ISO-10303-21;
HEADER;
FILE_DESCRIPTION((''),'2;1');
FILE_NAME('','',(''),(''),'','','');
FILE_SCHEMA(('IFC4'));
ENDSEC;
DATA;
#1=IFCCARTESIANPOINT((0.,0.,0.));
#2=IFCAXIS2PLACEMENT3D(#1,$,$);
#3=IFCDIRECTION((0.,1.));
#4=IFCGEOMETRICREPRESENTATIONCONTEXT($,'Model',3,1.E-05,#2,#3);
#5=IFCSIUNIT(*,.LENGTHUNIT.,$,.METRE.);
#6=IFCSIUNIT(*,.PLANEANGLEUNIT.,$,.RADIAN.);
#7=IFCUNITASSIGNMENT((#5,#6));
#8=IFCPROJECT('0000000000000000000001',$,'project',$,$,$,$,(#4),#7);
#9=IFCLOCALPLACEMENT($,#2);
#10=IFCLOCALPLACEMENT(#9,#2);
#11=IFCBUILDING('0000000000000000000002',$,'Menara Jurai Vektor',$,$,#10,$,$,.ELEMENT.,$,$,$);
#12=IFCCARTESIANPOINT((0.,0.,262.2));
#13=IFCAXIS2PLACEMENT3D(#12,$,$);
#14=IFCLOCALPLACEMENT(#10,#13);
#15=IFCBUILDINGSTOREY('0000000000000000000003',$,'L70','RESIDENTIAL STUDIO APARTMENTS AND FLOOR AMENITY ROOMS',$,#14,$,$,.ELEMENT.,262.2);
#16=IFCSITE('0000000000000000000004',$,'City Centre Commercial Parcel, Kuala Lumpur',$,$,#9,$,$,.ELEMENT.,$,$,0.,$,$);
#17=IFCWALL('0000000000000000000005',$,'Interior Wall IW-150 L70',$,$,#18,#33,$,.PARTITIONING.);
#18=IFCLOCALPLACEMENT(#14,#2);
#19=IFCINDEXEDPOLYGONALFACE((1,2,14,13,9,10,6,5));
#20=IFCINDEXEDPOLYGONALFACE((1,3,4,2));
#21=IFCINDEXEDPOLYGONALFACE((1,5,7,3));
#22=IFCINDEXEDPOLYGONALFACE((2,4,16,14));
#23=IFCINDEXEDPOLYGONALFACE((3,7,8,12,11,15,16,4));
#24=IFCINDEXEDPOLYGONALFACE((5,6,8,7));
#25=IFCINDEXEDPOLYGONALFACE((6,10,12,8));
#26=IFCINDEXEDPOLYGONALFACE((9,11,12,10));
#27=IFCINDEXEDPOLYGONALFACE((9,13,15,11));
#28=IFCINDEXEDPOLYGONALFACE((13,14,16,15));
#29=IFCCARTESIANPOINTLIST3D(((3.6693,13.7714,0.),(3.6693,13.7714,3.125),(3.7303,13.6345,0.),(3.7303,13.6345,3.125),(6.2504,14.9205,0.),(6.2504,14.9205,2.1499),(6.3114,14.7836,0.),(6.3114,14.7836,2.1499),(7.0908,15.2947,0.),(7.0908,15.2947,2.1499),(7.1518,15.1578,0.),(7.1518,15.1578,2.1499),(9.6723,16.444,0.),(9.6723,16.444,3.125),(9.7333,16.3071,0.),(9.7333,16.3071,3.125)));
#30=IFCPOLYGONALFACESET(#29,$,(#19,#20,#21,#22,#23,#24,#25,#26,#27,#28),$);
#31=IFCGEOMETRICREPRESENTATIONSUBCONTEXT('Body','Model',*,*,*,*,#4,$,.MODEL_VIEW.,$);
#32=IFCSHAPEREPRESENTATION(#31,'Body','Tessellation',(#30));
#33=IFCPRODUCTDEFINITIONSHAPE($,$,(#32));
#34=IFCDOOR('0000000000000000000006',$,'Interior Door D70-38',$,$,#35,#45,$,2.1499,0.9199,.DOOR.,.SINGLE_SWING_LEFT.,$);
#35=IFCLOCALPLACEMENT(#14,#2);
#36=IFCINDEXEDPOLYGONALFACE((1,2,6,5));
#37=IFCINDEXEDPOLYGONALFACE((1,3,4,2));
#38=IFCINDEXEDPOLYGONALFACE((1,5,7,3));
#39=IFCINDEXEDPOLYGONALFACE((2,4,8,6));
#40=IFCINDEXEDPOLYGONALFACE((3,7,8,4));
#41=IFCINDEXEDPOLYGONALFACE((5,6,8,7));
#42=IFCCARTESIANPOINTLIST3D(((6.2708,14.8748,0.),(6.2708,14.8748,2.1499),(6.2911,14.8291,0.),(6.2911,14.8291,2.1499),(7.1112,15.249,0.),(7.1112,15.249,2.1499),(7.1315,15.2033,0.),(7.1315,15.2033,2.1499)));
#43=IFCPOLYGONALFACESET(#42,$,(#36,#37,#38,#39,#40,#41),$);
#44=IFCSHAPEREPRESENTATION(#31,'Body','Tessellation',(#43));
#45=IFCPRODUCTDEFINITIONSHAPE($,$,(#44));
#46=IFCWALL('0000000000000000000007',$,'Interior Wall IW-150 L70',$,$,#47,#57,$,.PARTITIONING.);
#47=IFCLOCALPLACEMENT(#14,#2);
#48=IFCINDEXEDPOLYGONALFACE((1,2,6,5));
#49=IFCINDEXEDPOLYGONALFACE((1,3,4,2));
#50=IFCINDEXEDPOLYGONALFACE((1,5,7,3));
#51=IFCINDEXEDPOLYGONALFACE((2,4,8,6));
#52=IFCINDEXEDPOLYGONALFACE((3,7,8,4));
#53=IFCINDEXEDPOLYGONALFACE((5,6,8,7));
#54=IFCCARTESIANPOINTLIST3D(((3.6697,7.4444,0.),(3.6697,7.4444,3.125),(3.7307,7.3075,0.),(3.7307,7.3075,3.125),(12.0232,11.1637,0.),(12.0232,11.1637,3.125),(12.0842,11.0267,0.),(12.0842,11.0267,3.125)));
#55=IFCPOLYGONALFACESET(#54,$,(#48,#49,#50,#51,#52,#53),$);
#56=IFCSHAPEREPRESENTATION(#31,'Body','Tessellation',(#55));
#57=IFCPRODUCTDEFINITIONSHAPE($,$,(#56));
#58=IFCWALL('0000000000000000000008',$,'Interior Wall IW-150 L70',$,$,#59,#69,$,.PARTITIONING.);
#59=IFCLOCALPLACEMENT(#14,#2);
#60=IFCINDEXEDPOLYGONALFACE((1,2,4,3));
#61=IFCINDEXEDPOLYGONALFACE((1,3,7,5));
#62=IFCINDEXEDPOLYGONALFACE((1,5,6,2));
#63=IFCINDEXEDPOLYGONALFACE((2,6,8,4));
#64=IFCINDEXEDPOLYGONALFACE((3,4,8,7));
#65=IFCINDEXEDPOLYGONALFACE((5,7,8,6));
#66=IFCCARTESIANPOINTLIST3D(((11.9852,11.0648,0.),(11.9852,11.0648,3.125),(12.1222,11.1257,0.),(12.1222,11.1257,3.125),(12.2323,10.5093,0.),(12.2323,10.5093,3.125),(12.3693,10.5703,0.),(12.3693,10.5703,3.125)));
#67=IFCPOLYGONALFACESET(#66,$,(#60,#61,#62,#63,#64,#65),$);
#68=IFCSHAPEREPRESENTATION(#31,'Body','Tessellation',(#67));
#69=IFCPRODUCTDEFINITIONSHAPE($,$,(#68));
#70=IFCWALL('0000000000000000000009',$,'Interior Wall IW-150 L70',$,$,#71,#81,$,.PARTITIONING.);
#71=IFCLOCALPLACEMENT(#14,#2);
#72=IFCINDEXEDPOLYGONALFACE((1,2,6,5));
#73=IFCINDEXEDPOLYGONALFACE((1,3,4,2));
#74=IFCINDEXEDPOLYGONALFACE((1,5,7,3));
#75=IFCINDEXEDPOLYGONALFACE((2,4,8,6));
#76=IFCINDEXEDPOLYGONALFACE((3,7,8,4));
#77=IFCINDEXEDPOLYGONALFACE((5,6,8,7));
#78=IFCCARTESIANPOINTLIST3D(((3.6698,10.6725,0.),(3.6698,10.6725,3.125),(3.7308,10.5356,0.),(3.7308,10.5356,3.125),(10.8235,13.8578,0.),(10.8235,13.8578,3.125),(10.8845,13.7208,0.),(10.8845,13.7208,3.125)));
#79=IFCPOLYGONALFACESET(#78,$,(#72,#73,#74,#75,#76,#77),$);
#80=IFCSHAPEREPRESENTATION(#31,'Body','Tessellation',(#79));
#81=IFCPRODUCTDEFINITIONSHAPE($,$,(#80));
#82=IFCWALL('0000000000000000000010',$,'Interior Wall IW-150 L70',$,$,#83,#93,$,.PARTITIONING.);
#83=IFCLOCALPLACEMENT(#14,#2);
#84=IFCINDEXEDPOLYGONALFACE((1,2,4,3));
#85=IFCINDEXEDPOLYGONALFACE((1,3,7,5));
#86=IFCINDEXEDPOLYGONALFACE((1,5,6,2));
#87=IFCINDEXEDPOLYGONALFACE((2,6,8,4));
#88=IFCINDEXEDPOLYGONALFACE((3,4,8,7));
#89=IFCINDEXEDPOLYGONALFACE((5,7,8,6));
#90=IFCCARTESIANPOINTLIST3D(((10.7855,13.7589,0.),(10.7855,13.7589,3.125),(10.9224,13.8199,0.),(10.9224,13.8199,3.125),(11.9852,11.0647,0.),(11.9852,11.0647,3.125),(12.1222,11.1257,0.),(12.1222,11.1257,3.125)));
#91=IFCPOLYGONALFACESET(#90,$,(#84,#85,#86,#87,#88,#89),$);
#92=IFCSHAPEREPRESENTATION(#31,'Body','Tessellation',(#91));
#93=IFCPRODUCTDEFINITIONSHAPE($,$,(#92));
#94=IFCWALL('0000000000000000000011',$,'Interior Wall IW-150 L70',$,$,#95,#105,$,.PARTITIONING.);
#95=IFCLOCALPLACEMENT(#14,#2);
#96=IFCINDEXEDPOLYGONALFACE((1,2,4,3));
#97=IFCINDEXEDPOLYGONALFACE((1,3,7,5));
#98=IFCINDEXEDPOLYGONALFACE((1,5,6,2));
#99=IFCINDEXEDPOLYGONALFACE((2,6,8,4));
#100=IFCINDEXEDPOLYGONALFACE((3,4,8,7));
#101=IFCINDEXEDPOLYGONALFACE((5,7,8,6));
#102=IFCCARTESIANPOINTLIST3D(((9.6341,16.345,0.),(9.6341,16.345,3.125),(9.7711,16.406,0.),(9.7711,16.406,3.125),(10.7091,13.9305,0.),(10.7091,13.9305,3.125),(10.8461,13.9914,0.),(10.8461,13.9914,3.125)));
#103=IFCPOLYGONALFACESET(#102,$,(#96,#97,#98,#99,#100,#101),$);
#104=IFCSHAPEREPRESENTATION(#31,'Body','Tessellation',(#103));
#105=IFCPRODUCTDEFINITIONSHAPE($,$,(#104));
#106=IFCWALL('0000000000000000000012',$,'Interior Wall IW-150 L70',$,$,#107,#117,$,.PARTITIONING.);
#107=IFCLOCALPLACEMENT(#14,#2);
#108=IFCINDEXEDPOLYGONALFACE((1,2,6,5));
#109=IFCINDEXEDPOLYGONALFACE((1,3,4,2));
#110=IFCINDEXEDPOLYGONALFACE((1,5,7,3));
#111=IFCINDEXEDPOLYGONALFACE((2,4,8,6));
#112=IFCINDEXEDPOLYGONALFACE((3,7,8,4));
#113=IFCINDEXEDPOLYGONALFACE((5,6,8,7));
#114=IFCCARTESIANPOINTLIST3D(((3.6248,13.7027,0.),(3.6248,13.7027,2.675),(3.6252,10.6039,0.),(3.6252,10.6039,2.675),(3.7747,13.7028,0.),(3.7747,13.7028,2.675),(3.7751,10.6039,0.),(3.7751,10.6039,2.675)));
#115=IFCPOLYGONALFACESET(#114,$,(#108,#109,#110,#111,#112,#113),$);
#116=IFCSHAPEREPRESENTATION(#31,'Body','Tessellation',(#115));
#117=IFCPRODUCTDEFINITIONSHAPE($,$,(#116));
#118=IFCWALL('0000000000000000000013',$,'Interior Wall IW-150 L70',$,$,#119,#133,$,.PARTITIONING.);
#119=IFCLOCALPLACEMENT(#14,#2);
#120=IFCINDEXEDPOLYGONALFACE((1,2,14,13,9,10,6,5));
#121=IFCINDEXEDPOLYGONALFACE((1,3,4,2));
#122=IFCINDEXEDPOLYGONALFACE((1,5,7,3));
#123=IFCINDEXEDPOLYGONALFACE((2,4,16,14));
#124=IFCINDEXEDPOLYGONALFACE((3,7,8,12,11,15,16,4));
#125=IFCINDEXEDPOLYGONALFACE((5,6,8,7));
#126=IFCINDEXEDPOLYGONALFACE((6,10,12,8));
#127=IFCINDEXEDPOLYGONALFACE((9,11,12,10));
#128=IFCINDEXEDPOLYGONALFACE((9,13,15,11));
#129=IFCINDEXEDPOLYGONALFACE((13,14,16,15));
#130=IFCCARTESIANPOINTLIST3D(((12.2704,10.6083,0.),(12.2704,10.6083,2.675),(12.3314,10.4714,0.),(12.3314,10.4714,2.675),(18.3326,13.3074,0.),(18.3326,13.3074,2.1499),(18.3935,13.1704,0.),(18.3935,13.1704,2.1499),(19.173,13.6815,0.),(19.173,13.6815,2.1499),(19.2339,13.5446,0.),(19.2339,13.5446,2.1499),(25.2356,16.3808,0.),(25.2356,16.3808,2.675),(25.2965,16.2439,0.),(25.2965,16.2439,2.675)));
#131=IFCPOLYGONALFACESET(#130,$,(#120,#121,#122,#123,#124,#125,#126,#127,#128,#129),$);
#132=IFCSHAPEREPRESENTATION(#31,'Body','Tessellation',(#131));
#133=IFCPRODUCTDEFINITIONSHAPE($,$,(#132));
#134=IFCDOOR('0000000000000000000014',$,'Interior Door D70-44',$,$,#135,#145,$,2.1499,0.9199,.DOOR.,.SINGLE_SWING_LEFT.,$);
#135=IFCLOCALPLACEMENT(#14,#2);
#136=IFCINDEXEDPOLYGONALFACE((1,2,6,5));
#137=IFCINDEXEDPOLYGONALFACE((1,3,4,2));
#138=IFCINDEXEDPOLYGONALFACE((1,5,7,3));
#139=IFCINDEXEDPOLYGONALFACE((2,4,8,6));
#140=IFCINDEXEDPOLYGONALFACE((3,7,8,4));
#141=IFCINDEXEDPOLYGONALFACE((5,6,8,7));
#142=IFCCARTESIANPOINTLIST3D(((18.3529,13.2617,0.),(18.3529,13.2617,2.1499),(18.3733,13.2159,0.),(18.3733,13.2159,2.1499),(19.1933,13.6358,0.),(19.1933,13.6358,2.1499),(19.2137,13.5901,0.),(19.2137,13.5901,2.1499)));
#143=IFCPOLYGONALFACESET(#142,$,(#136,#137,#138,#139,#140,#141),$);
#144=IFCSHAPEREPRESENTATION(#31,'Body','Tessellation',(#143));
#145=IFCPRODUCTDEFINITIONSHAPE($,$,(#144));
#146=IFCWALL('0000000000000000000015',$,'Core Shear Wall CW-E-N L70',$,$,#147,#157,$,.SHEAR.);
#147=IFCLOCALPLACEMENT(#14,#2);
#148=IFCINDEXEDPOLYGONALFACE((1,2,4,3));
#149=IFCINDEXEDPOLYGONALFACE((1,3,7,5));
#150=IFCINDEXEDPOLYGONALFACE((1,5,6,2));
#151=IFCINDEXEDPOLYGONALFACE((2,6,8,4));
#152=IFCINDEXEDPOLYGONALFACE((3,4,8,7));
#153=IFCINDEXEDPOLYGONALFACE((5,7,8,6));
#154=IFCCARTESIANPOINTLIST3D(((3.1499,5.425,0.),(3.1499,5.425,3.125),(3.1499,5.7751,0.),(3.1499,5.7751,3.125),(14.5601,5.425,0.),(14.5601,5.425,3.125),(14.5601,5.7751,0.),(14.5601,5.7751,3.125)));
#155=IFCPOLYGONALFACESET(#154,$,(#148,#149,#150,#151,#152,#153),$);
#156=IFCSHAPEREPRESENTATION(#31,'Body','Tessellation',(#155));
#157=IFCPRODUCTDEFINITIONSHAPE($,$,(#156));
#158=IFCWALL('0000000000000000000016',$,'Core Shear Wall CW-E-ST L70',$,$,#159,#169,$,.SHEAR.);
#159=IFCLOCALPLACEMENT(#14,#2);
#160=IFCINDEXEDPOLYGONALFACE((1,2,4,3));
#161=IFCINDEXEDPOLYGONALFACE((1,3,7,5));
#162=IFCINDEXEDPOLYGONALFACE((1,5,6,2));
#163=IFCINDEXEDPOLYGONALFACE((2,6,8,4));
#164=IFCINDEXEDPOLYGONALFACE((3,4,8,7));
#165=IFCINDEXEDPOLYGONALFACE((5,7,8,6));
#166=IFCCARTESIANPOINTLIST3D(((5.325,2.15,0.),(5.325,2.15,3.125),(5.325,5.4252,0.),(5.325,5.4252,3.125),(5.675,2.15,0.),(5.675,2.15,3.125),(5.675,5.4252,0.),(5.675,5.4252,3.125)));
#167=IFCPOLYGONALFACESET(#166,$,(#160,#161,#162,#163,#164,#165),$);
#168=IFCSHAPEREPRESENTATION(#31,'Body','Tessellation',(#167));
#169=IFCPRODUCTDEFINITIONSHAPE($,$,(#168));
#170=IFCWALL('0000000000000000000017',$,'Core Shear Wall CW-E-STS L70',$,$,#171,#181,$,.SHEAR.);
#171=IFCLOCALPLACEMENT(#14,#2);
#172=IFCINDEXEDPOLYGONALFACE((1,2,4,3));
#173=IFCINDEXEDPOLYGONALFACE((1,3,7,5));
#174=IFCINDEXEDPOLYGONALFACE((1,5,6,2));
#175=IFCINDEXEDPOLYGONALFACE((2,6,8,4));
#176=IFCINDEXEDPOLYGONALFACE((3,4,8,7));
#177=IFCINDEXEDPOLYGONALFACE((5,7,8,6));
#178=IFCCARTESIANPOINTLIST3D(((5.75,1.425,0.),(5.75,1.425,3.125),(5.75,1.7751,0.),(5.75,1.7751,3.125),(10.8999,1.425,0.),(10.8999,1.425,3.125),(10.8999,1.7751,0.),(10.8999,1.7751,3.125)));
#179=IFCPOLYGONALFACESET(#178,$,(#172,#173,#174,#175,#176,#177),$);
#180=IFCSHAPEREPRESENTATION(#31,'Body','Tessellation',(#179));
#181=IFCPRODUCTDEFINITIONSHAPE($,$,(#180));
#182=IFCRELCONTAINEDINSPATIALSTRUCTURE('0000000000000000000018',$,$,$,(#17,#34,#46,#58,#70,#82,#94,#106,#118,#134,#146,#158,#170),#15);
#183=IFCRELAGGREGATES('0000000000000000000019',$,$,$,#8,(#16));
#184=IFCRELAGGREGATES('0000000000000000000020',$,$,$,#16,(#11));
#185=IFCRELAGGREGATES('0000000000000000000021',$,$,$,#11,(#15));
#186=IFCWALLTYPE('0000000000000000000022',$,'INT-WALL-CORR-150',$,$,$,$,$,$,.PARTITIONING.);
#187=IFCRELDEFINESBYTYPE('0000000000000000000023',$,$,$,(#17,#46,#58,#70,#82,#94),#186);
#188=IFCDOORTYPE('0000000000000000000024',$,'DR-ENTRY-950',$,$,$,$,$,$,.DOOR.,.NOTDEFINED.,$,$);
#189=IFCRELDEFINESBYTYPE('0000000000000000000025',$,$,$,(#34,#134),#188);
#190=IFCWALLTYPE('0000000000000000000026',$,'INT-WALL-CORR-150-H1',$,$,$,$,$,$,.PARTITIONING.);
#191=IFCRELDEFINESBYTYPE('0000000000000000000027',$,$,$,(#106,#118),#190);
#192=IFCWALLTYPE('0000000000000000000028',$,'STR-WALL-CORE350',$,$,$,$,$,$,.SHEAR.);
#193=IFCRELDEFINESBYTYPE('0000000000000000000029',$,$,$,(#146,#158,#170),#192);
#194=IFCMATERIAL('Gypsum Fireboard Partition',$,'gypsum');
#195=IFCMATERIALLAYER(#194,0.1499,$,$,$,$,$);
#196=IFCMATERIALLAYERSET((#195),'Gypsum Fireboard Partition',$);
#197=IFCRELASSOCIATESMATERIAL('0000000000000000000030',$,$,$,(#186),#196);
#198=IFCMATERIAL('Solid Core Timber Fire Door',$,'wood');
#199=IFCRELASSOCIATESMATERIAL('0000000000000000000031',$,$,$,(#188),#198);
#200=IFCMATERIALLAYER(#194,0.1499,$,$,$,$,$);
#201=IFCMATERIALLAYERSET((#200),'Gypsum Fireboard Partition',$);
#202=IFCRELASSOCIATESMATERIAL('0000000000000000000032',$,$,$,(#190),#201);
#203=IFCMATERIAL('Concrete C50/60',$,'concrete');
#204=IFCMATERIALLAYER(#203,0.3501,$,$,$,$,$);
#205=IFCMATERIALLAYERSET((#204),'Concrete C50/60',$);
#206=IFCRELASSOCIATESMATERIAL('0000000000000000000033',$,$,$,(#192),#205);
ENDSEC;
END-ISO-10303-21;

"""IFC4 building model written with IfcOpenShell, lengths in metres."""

from ifc_helpers import new_model, si_unit, direction, frame, frame_2d, origin, place, context, subcontext, project, spatial, rectangle, extrude, material, layer, layer_set, type_object, element, fill, save


model = new_model("IFC4")

# Units and contexts
model_context = context("Model", 3, precision=1e-05, world=origin(), true_north=direction((0.0, 1.0)))
body_context = subcontext(model_context, "Body", "Model", "MODEL_VIEW")
ifc_project = project(units=[si_unit("LENGTHUNIT", "METRE"), si_unit("PLANEANGLEUNIT", "RADIAN")], contexts=[model_context])

# Site, building, storey
site_placement = place(None, origin())
site = spatial("IfcSite", under=ifc_project, at=site_placement, Name="City Centre Commercial Parcel, Kuala Lumpur", CompositionType="ELEMENT", RefElevation=0.0)
building_placement = place(site_placement, origin())
building = spatial("IfcBuilding", under=site, at=building_placement, Name="Menara Jurai Vektor", CompositionType="ELEMENT")
storey_placement = place(building_placement, frame((0.0, 0.0, 262.2)))
storey = spatial("IfcBuildingStorey", under=building, at=storey_placement, Name="L70", Description="RESIDENTIAL STUDIO APARTMENTS AND FLOOR AMENITY ROOMS", CompositionType="ELEMENT", Elevation=262.2)

# Shared definitions
ifc_material_1 = material(Name="Concrete C50/60", Category="concrete")

# Shared definitions
ifc_material_2 = material(Name="Gypsum Fireboard Partition", Category="gypsum")
ifc_layer_1 = layer(ifc_material_2, 0.1499)
ifc_layer_set_1 = layer_set([ifc_layer_1], Name="Gypsum Fireboard Partition")
wall_type_1 = type_object("IfcWallType", Name="INT-WALL-CORR-150", PredefinedType="PARTITIONING", material=ifc_layer_set_1)

# Wall, opening, door
ifc_material_3 = material(Name="Solid Core Timber Fire Door", Category="wood")
door_type_1 = type_object("IfcDoorType", Name="DR-ENTRY-950", OperationType="NOTDEFINED", PredefinedType="DOOR", material=ifc_material_3)
wall_1_placement = place(storey_placement, frame((3.6997, 13.7029, 0.0), z_axis=(0.0, 0.0, 1.0), x_axis=(0.913549, 0.406728, 0.0)))
wall_1 = element("IfcWall", 1, at=wall_1_placement, inside=storey, type_object=wall_type_1, Name="Interior Wall IW-150 L70", PredefinedType="PARTITIONING", context=body_context, shape_type="SweptSolid", body=[
    extrude(rectangle(XDim=6.571, YDim=0.1499, at=frame_2d((3.2856, 0.0))), origin(), (0.0, 0.0, 1.0), 3.125),
])
opening_1_placement = place(wall_1_placement, frame((2.8254, 0.0, 0.0)))
opening_1 = element("IfcOpeningElement", 2, at=opening_1_placement, cuts=wall_1, PredefinedType="OPENING", context=body_context, shape_type="SweptSolid", body=[
    extrude(rectangle(XDim=0.9199, YDim=2.1499, at=frame_2d((0.46, 1.075))), frame((0.0, 0.085, 0.0), z_axis=(0.0, -1.0, 0.0), x_axis=(1.0, 0.0, 0.0)), (0.0, 0.0, 1.0), 0.1699),
])
door_1_placement = place(opening_1_placement, origin())
door_1 = element("IfcDoor", 3, at=door_1_placement, inside=storey, type_object=door_type_1, Name="Interior Door D70-38", OperationType="SINGLE_SWING_LEFT", OverallHeight=2.1499, OverallWidth=0.9199, PredefinedType="DOOR", context=body_context, shape_type="SweptSolid", body=[
    extrude(rectangle(XDim=0.9199, YDim=2.1499, at=frame_2d((0.46, 1.075))), frame((0.0, 0.0249, 0.0), z_axis=(0.0, -1.0, 0.0), x_axis=(1.0, 0.0, 0.0)), (0.0, 0.0, 1.0), 0.05),
])
fill(opening_1, door_1)

# Walls
wall_2_placement = place(storey_placement, frame((3.7002, 7.376, 0.0), z_axis=(0.0, 0.0, 1.0), x_axis=(0.913545, 0.406738, 0.0)))
element("IfcWall", 4, at=wall_2_placement, inside=storey, type_object=wall_type_1, Name="Interior Wall IW-150 L70", PredefinedType="PARTITIONING", context=body_context, shape_type="SweptSolid", body=[
    extrude(rectangle(XDim=9.144, YDim=0.1499, at=frame_2d((4.572, 0.0))), origin(), (0.0, 0.0, 1.0), 3.125),
])
wall_3_placement = place(storey_placement, frame((12.3008, 10.5398, 0.0), z_axis=(0.0, 0.0, 1.0), x_axis=(-0.406437, 0.913679, 0.0)))
element("IfcWall", 5, at=wall_3_placement, inside=storey, type_object=wall_type_1, Name="Interior Wall IW-150 L70", PredefinedType="PARTITIONING", context=body_context, shape_type="SweptSolid", body=[
    extrude(rectangle(XDim=0.6079, YDim=0.1499, at=frame_2d((0.304, 0.0))), origin(), (0.0, 0.0, 1.0), 3.125),
])
wall_4_placement = place(storey_placement, frame((3.7002, 10.604, 0.0), z_axis=(0.0, 0.0, 1.0), x_axis=(0.913535, 0.40676, 0.0)))
element("IfcWall", 6, at=wall_4_placement, inside=storey, type_object=wall_type_1, Name="Interior Wall IW-150 L70", PredefinedType="PARTITIONING", context=body_context, shape_type="SweptSolid", body=[
    extrude(rectangle(XDim=7.8308, YDim=0.1499, at=frame_2d((3.9155, 0.0))), origin(), (0.0, 0.0, 1.0), 3.125),
])
wall_5_placement = place(storey_placement, frame((12.0537, 11.0952, 0.0), z_axis=(0.0, 0.0, 1.0), x_axis=(-0.406799, 0.913518, 0.0)))
element("IfcWall", 7, at=wall_5_placement, inside=storey, type_object=wall_type_1, Name="Interior Wall IW-150 L70", PredefinedType="PARTITIONING", context=body_context, shape_type="SweptSolid", body=[
    extrude(rectangle(XDim=2.9492, YDim=0.1499, at=frame_2d((1.4746, 0.0))), origin(), (0.0, 0.0, 1.0), 3.125),
])
wall_6_placement = place(storey_placement, frame((10.7776, 13.9609, 0.0), z_axis=(0.0, 0.0, 1.0), x_axis=(-0.406713, 0.913556, 0.0)))
element("IfcWall", 8, at=wall_6_placement, inside=storey, type_object=wall_type_1, Name="Interior Wall IW-150 L70", PredefinedType="PARTITIONING", context=body_context, shape_type="SweptSolid", body=[
    extrude(rectangle(XDim=2.6431, YDim=0.1499, at=frame_2d((1.3215, 0.0))), origin(), (0.0, 0.0, 1.0), 3.125),
])

# Shared definitions
ifc_layer_2 = layer(ifc_material_2, 0.1499)
ifc_layer_set_2 = layer_set([ifc_layer_2], Name="Gypsum Fireboard Partition")
wall_type_2 = type_object("IfcWallType", Name="INT-WALL-CORR-150-H1", PredefinedType="PARTITIONING", material=ifc_layer_set_2)

# Wall
wall_7_placement = place(storey_placement, frame((3.7002, 10.604, 0.0), z_axis=(0.0, 0.0, 1.0), x_axis=(-0.000158, 1.0, 0.0)))
element("IfcWall", 9, at=wall_7_placement, inside=storey, type_object=wall_type_2, Name="Interior Wall IW-150 L70", PredefinedType="PARTITIONING", context=body_context, shape_type="SweptSolid", body=[
    extrude(rectangle(XDim=3.0989, YDim=0.1499, at=frame_2d((1.5493, 0.0))), origin(), (0.0, 0.0, 1.0), 2.675),
])

# Wall, opening, door
wall_8_placement = place(storey_placement, frame((12.3008, 10.5398, 0.0), z_axis=(0.0, 0.0, 1.0), x_axis=(0.913545, 0.406739, 0.0)))
wall_8 = element("IfcWall", 10, at=wall_8_placement, inside=storey, type_object=wall_type_2, Name="Interior Wall IW-150 L70", PredefinedType="PARTITIONING", context=body_context, shape_type="SweptSolid", body=[
    extrude(rectangle(XDim=14.1921, YDim=0.1499, at=frame_2d((7.0962, 0.0))), origin(), (0.0, 0.0, 1.0), 2.675),
])
opening_2_placement = place(wall_8_placement, frame((6.636, 0.0, 0.0)))
opening_2 = element("IfcOpeningElement", 11, at=opening_2_placement, cuts=wall_8, PredefinedType="OPENING", context=body_context, shape_type="SweptSolid", body=[
    extrude(rectangle(XDim=0.9199, YDim=2.1499, at=frame_2d((0.46, 1.075))), frame((0.0, 0.085, 0.0), z_axis=(0.0, -1.0, 0.0), x_axis=(1.0, 0.0, 0.0)), (0.0, 0.0, 1.0), 0.1699),
])
door_2_placement = place(opening_2_placement, origin())
door_2 = element("IfcDoor", 12, at=door_2_placement, inside=storey, type_object=door_type_1, Name="Interior Door D70-44", OperationType="SINGLE_SWING_LEFT", OverallHeight=2.1499, OverallWidth=0.9199, PredefinedType="DOOR", context=body_context, shape_type="SweptSolid", body=[
    extrude(rectangle(XDim=0.9199, YDim=2.1499, at=frame_2d((0.46, 1.075))), frame((0.0, 0.0249, 0.0), z_axis=(0.0, -1.0, 0.0), x_axis=(1.0, 0.0, 0.0)), (0.0, 0.0, 1.0), 0.05),
])
fill(opening_2, door_2)

# Walls
ifc_layer_3 = layer(ifc_material_1, 0.3501)
ifc_layer_set_3 = layer_set([ifc_layer_3], Name="Concrete C50/60")
wall_type_3 = type_object("IfcWallType", Name="STR-WALL-CORE350", PredefinedType="SHEAR", material=ifc_layer_set_3)
wall_9_placement = place(storey_placement, frame((3.1499, 5.6001, 0.0), z_axis=(0.0, 0.0, 1.0), x_axis=(1.0, 0.0, 0.0)))
element("IfcWall", 13, at=wall_9_placement, inside=storey, type_object=wall_type_3, Name="Core Shear Wall CW-E-N L70", PredefinedType="SHEAR", context=body_context, shape_type="SweptSolid", body=[
    extrude(rectangle(XDim=11.4102, YDim=0.3501, at=frame_2d((5.7051, 0.0))), origin(), (0.0, 0.0, 1.0), 3.125),
])
wall_10_placement = place(storey_placement, frame((5.5, 2.1499, 0.0), z_axis=(0.0, 0.0, 1.0), x_axis=(0.0, 1.0, 0.0)))
element("IfcWall", 14, at=wall_10_placement, inside=storey, type_object=wall_type_3, Name="Core Shear Wall CW-E-ST L70", PredefinedType="SHEAR", context=body_context, shape_type="SweptSolid", body=[
    extrude(rectangle(XDim=3.2751, YDim=0.3501, at=frame_2d((1.6377, 0.0))), origin(), (0.0, 0.0, 1.0), 3.125),
])
wall_11_placement = place(storey_placement, frame((5.75, 1.6001, 0.0), z_axis=(0.0, 0.0, 1.0), x_axis=(1.0, 0.0, 0.0)))
element("IfcWall", 15, at=wall_11_placement, inside=storey, type_object=wall_type_3, Name="Core Shear Wall CW-E-STS L70", PredefinedType="SHEAR", context=body_context, shape_type="SweptSolid", body=[
    extrude(rectangle(XDim=5.1499, YDim=0.3501, at=frame_2d((2.575, 0.0))), origin(), (0.0, 0.0, 1.0), 3.125),
])

save(model, "model.ifc")
